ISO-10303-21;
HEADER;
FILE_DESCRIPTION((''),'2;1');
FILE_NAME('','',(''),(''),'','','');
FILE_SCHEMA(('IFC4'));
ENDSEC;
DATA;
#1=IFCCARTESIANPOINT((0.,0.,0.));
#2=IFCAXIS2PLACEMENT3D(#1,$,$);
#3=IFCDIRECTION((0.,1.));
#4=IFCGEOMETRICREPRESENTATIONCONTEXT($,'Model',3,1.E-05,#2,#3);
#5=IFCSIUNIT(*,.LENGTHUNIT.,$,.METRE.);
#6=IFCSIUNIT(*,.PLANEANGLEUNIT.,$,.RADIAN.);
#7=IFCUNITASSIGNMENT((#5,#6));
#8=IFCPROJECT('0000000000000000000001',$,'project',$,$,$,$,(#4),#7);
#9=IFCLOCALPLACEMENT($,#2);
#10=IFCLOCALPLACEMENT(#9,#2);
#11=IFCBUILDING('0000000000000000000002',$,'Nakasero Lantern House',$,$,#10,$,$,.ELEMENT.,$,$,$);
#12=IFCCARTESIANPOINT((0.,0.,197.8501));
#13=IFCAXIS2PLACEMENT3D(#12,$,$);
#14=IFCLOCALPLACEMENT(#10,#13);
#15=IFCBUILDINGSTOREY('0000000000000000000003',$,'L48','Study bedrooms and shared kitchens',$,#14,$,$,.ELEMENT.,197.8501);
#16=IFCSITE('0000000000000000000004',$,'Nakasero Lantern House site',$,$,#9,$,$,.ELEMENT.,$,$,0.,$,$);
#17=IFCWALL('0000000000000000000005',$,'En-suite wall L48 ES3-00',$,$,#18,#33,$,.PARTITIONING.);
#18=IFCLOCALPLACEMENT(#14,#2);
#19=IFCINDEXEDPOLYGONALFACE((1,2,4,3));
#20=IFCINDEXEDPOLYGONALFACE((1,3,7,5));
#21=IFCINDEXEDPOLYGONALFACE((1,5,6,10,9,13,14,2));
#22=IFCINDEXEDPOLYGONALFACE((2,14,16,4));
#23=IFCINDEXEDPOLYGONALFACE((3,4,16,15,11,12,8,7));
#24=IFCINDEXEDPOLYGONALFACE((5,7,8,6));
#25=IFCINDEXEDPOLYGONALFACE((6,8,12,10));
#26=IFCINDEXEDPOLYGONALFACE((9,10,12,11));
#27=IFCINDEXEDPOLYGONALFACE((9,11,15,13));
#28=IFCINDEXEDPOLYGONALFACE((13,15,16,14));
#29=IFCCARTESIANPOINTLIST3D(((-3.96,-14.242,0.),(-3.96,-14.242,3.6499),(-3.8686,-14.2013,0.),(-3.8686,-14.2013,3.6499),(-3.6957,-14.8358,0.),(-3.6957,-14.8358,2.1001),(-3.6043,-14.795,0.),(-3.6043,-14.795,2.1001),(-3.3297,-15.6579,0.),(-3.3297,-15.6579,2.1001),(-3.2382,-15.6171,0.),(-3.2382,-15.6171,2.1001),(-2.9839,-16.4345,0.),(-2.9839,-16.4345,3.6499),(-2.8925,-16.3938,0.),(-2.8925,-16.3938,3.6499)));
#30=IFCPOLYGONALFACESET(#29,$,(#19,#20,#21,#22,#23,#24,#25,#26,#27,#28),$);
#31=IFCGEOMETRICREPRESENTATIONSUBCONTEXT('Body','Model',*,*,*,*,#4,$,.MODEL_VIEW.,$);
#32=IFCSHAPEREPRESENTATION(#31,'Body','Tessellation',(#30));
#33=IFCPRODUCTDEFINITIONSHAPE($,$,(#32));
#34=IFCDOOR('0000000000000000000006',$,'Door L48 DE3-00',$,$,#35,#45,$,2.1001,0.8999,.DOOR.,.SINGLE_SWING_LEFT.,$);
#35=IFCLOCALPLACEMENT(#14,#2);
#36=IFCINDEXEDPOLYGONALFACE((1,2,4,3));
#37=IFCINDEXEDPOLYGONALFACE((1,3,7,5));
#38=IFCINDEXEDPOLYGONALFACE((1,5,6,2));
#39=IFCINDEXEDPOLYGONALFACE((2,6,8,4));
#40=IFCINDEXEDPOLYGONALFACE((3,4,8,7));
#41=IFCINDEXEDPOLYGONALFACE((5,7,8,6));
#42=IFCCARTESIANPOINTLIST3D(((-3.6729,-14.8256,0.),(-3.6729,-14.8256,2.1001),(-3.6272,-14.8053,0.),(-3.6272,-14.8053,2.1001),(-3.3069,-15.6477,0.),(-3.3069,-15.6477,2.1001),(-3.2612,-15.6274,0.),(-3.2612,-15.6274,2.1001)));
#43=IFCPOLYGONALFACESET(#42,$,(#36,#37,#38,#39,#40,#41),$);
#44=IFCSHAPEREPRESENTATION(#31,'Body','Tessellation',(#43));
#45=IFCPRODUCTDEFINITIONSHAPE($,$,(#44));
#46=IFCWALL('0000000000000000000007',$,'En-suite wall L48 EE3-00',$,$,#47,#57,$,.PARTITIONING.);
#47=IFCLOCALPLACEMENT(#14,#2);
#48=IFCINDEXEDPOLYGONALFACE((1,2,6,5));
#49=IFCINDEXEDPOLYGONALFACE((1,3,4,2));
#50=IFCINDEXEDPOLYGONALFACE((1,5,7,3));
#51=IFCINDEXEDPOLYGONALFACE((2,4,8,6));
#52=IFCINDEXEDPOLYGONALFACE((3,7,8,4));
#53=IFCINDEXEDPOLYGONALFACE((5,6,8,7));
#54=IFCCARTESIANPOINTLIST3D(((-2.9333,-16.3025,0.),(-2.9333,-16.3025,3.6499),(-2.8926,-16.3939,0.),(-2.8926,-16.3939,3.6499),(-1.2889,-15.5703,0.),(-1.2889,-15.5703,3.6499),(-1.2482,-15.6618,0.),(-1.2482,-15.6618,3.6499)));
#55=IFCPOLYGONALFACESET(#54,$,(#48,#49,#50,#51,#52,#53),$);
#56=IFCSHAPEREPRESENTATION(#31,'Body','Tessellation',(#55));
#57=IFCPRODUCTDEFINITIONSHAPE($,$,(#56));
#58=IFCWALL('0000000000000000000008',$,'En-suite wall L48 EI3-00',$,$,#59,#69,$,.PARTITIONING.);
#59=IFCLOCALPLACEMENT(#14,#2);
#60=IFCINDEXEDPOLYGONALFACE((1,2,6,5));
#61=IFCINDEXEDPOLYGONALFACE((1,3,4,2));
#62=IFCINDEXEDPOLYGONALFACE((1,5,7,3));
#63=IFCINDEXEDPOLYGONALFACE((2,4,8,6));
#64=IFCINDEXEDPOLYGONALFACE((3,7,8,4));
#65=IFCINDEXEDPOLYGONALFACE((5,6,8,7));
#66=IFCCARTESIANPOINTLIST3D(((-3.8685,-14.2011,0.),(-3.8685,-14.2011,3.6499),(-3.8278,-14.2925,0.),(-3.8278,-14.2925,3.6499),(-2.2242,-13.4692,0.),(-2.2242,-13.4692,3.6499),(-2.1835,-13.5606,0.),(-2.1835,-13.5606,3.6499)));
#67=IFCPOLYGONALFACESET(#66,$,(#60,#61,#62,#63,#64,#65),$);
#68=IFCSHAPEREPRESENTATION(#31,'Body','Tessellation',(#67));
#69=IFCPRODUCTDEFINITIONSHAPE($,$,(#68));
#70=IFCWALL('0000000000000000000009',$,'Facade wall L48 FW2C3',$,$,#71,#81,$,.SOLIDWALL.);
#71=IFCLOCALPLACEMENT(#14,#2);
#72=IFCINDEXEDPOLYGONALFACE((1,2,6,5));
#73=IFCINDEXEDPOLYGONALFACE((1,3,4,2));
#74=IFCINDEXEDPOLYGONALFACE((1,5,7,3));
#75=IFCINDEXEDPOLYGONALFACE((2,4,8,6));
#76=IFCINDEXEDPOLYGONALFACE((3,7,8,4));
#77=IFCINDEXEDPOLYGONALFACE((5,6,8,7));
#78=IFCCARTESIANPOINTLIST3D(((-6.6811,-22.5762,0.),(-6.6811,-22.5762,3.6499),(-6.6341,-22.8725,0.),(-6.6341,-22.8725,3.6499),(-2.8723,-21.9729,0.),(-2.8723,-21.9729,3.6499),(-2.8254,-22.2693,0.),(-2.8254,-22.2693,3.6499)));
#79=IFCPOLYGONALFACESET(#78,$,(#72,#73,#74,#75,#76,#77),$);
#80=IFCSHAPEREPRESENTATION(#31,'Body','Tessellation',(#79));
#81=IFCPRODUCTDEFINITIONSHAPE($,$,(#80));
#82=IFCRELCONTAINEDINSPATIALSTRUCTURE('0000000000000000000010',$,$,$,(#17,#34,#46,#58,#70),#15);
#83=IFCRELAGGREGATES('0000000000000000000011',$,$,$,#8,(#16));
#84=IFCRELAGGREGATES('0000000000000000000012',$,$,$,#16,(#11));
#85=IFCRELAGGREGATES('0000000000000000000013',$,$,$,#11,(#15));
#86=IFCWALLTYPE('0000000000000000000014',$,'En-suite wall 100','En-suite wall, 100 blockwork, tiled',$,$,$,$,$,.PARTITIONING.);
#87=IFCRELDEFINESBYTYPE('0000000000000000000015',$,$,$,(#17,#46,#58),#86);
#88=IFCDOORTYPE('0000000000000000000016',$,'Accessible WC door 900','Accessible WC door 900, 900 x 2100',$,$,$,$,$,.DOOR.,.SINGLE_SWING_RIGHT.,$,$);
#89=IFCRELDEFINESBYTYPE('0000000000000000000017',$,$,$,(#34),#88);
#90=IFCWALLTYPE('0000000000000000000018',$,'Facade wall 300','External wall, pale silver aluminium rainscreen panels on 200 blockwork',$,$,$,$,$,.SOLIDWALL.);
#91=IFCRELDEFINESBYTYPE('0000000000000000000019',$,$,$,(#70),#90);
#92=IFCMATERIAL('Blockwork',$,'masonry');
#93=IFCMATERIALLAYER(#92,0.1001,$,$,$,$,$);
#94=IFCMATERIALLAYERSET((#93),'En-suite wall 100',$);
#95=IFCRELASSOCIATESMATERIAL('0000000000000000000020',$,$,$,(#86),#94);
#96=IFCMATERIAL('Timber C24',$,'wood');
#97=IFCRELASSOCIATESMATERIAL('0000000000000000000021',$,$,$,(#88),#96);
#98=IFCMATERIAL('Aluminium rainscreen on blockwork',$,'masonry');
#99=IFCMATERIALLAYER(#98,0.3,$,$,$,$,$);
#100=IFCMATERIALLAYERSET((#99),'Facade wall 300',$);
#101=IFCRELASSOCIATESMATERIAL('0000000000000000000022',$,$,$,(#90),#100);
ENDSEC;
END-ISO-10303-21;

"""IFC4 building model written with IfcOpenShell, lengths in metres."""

from ifc_helpers import new_model, si_unit, direction, frame, frame_2d, origin, place, context, subcontext, project, spatial, rectangle, extrude, material, layer, layer_set, type_object, element, fill, save


model = new_model("IFC4")

# Units and contexts
model_context = context("Model", 3, precision=1e-05, world=origin(), true_north=direction((0.0, 1.0)))
body_context = subcontext(model_context, "Body", "Model", "MODEL_VIEW")
ifc_project = project(units=[si_unit("LENGTHUNIT", "METRE"), si_unit("PLANEANGLEUNIT", "RADIAN")], contexts=[model_context])

# Site, building, storey
site_placement = place(None, origin())
site = spatial("IfcSite", under=ifc_project, at=site_placement, Name="Nakasero Lantern House site", CompositionType="ELEMENT", RefElevation=0.0)
building_placement = place(site_placement, origin())
building = spatial("IfcBuilding", under=site, at=building_placement, Name="Nakasero Lantern House", CompositionType="ELEMENT")
storey_placement = place(building_placement, frame((0.0, 0.0, 197.8501)))
storey = spatial("IfcBuildingStorey", under=building, at=storey_placement, Name="L48", Description="Study bedrooms and shared kitchens", CompositionType="ELEMENT", Elevation=197.8501)

# Wall, opening, door
ifc_material_1 = material(Name="Blockwork", Category="masonry")
ifc_layer_1 = layer(ifc_material_1, 0.1001)
ifc_layer_set_1 = layer_set([ifc_layer_1], Name="En-suite wall 100")
wall_type_1 = type_object("IfcWallType", Name="En-suite wall 100", Description="En-suite wall, 100 blockwork, tiled", PredefinedType="PARTITIONING", material=ifc_layer_set_1)
wall_1_placement = place(storey_placement, frame((-3.9143, -14.2217, 0.0), z_axis=(0.0, 0.0, 1.0), x_axis=(0.406724, -0.913551, 0.0)))
wall_1 = element("IfcWall", 1, at=wall_1_placement, inside=storey, type_object=wall_type_1, Name="En-suite wall L48 ES3-00", PredefinedType="PARTITIONING", context=body_context, shape_type="SweptSolid", body=[
    extrude(rectangle(XDim=2.3999, YDim=0.1001, at=frame_2d((1.2, 0.0))), origin(), (0.0, 0.0, 1.0), 3.6499),
])
opening_1_placement = place(wall_1_placement, frame((0.6499, 0.0, 0.0)))
opening_1 = element("IfcOpeningElement", 2, at=opening_1_placement, cuts=wall_1, PredefinedType="OPENING", context=body_context, shape_type="SweptSolid", body=[
    extrude(rectangle(XDim=0.8999, YDim=2.1001, at=frame_2d((0.45, 1.05))), frame((0.0, 0.0701, 0.0), z_axis=(0.0, -1.0, 0.0), x_axis=(1.0, 0.0, 0.0)), (0.0, 0.0, 1.0), 0.1401),
])
ifc_material_2 = material(Name="Timber C24", Category="wood")
door_type_1 = type_object("IfcDoorType", Name="Accessible WC door 900", Description="Accessible WC door 900, 900 x 2100", OperationType="SINGLE_SWING_RIGHT", PredefinedType="DOOR", material=ifc_material_2)
door_1_placement = place(opening_1_placement, origin())
door_1 = element("IfcDoor", 3, at=door_1_placement, inside=storey, type_object=door_type_1, Name="Door L48 DE3-00", OperationType="SINGLE_SWING_LEFT", OverallHeight=2.1001, OverallWidth=0.8999, PredefinedType="DOOR", context=body_context, shape_type="SweptSolid", body=[
    extrude(rectangle(XDim=0.8999, YDim=2.1001, at=frame_2d((0.45, 1.05))), frame((0.0, 0.0249, 0.0), z_axis=(0.0, -1.0, 0.0), x_axis=(1.0, 0.0, 0.0)), (0.0, 0.0, 1.0), 0.05),
])
fill(opening_1, door_1)

# Walls
wall_2_placement = place(storey_placement, frame((-2.9128, -16.3481, 0.0), z_axis=(0.0, 0.0, 1.0), x_axis=(0.913549, 0.40673, 0.0)))
element("IfcWall", 4, at=wall_2_placement, inside=storey, type_object=wall_type_1, Name="En-suite wall L48 EE3-00", PredefinedType="PARTITIONING", context=body_context, shape_type="SweptSolid", body=[
    extrude(rectangle(XDim=1.8, YDim=0.1001, at=frame_2d((0.8999, 0.0))), origin(), (0.0, 0.0, 1.0), 3.6499),
])
wall_3_placement = place(storey_placement, frame((-3.8481, -14.2468, 0.0), z_axis=(0.0, 0.0, 1.0), x_axis=(0.913576, 0.406667, 0.0)))
element("IfcWall", 5, at=wall_3_placement, inside=storey, type_object=wall_type_1, Name="En-suite wall L48 EI3-00", PredefinedType="PARTITIONING", context=body_context, shape_type="SweptSolid", body=[
    extrude(rectangle(XDim=1.7998, YDim=0.1001, at=frame_2d((0.8999, 0.0))), origin(), (0.0, 0.0, 1.0), 3.6499),
])
ifc_material_3 = material(Name="Aluminium rainscreen on blockwork", Category="masonry")
ifc_layer_2 = layer(ifc_material_3, 0.3)
ifc_layer_set_2 = layer_set([ifc_layer_2], Name="Facade wall 300")
wall_type_2 = type_object("IfcWallType", Name="Facade wall 300", Description="External wall, pale silver aluminium rainscreen panels on 200 blockwork", PredefinedType="SOLIDWALL", material=ifc_layer_set_2)
wall_4_placement = place(storey_placement, frame((-6.6577, -22.7244, 0.0), z_axis=(0.0, 0.0, 1.0), x_axis=(0.987688, 0.156437, 0.0)))
element("IfcWall", 6, at=wall_4_placement, inside=storey, type_object=wall_type_2, Name="Facade wall L48 FW2C3", PredefinedType="SOLIDWALL", context=body_context, shape_type="SweptSolid", body=[
    extrude(rectangle(XDim=3.8562, YDim=0.3, at=frame_2d((1.9282, 0.0))), origin(), (0.0, 0.0, 1.0), 3.6499),
])

save(model, "model.ifc")
